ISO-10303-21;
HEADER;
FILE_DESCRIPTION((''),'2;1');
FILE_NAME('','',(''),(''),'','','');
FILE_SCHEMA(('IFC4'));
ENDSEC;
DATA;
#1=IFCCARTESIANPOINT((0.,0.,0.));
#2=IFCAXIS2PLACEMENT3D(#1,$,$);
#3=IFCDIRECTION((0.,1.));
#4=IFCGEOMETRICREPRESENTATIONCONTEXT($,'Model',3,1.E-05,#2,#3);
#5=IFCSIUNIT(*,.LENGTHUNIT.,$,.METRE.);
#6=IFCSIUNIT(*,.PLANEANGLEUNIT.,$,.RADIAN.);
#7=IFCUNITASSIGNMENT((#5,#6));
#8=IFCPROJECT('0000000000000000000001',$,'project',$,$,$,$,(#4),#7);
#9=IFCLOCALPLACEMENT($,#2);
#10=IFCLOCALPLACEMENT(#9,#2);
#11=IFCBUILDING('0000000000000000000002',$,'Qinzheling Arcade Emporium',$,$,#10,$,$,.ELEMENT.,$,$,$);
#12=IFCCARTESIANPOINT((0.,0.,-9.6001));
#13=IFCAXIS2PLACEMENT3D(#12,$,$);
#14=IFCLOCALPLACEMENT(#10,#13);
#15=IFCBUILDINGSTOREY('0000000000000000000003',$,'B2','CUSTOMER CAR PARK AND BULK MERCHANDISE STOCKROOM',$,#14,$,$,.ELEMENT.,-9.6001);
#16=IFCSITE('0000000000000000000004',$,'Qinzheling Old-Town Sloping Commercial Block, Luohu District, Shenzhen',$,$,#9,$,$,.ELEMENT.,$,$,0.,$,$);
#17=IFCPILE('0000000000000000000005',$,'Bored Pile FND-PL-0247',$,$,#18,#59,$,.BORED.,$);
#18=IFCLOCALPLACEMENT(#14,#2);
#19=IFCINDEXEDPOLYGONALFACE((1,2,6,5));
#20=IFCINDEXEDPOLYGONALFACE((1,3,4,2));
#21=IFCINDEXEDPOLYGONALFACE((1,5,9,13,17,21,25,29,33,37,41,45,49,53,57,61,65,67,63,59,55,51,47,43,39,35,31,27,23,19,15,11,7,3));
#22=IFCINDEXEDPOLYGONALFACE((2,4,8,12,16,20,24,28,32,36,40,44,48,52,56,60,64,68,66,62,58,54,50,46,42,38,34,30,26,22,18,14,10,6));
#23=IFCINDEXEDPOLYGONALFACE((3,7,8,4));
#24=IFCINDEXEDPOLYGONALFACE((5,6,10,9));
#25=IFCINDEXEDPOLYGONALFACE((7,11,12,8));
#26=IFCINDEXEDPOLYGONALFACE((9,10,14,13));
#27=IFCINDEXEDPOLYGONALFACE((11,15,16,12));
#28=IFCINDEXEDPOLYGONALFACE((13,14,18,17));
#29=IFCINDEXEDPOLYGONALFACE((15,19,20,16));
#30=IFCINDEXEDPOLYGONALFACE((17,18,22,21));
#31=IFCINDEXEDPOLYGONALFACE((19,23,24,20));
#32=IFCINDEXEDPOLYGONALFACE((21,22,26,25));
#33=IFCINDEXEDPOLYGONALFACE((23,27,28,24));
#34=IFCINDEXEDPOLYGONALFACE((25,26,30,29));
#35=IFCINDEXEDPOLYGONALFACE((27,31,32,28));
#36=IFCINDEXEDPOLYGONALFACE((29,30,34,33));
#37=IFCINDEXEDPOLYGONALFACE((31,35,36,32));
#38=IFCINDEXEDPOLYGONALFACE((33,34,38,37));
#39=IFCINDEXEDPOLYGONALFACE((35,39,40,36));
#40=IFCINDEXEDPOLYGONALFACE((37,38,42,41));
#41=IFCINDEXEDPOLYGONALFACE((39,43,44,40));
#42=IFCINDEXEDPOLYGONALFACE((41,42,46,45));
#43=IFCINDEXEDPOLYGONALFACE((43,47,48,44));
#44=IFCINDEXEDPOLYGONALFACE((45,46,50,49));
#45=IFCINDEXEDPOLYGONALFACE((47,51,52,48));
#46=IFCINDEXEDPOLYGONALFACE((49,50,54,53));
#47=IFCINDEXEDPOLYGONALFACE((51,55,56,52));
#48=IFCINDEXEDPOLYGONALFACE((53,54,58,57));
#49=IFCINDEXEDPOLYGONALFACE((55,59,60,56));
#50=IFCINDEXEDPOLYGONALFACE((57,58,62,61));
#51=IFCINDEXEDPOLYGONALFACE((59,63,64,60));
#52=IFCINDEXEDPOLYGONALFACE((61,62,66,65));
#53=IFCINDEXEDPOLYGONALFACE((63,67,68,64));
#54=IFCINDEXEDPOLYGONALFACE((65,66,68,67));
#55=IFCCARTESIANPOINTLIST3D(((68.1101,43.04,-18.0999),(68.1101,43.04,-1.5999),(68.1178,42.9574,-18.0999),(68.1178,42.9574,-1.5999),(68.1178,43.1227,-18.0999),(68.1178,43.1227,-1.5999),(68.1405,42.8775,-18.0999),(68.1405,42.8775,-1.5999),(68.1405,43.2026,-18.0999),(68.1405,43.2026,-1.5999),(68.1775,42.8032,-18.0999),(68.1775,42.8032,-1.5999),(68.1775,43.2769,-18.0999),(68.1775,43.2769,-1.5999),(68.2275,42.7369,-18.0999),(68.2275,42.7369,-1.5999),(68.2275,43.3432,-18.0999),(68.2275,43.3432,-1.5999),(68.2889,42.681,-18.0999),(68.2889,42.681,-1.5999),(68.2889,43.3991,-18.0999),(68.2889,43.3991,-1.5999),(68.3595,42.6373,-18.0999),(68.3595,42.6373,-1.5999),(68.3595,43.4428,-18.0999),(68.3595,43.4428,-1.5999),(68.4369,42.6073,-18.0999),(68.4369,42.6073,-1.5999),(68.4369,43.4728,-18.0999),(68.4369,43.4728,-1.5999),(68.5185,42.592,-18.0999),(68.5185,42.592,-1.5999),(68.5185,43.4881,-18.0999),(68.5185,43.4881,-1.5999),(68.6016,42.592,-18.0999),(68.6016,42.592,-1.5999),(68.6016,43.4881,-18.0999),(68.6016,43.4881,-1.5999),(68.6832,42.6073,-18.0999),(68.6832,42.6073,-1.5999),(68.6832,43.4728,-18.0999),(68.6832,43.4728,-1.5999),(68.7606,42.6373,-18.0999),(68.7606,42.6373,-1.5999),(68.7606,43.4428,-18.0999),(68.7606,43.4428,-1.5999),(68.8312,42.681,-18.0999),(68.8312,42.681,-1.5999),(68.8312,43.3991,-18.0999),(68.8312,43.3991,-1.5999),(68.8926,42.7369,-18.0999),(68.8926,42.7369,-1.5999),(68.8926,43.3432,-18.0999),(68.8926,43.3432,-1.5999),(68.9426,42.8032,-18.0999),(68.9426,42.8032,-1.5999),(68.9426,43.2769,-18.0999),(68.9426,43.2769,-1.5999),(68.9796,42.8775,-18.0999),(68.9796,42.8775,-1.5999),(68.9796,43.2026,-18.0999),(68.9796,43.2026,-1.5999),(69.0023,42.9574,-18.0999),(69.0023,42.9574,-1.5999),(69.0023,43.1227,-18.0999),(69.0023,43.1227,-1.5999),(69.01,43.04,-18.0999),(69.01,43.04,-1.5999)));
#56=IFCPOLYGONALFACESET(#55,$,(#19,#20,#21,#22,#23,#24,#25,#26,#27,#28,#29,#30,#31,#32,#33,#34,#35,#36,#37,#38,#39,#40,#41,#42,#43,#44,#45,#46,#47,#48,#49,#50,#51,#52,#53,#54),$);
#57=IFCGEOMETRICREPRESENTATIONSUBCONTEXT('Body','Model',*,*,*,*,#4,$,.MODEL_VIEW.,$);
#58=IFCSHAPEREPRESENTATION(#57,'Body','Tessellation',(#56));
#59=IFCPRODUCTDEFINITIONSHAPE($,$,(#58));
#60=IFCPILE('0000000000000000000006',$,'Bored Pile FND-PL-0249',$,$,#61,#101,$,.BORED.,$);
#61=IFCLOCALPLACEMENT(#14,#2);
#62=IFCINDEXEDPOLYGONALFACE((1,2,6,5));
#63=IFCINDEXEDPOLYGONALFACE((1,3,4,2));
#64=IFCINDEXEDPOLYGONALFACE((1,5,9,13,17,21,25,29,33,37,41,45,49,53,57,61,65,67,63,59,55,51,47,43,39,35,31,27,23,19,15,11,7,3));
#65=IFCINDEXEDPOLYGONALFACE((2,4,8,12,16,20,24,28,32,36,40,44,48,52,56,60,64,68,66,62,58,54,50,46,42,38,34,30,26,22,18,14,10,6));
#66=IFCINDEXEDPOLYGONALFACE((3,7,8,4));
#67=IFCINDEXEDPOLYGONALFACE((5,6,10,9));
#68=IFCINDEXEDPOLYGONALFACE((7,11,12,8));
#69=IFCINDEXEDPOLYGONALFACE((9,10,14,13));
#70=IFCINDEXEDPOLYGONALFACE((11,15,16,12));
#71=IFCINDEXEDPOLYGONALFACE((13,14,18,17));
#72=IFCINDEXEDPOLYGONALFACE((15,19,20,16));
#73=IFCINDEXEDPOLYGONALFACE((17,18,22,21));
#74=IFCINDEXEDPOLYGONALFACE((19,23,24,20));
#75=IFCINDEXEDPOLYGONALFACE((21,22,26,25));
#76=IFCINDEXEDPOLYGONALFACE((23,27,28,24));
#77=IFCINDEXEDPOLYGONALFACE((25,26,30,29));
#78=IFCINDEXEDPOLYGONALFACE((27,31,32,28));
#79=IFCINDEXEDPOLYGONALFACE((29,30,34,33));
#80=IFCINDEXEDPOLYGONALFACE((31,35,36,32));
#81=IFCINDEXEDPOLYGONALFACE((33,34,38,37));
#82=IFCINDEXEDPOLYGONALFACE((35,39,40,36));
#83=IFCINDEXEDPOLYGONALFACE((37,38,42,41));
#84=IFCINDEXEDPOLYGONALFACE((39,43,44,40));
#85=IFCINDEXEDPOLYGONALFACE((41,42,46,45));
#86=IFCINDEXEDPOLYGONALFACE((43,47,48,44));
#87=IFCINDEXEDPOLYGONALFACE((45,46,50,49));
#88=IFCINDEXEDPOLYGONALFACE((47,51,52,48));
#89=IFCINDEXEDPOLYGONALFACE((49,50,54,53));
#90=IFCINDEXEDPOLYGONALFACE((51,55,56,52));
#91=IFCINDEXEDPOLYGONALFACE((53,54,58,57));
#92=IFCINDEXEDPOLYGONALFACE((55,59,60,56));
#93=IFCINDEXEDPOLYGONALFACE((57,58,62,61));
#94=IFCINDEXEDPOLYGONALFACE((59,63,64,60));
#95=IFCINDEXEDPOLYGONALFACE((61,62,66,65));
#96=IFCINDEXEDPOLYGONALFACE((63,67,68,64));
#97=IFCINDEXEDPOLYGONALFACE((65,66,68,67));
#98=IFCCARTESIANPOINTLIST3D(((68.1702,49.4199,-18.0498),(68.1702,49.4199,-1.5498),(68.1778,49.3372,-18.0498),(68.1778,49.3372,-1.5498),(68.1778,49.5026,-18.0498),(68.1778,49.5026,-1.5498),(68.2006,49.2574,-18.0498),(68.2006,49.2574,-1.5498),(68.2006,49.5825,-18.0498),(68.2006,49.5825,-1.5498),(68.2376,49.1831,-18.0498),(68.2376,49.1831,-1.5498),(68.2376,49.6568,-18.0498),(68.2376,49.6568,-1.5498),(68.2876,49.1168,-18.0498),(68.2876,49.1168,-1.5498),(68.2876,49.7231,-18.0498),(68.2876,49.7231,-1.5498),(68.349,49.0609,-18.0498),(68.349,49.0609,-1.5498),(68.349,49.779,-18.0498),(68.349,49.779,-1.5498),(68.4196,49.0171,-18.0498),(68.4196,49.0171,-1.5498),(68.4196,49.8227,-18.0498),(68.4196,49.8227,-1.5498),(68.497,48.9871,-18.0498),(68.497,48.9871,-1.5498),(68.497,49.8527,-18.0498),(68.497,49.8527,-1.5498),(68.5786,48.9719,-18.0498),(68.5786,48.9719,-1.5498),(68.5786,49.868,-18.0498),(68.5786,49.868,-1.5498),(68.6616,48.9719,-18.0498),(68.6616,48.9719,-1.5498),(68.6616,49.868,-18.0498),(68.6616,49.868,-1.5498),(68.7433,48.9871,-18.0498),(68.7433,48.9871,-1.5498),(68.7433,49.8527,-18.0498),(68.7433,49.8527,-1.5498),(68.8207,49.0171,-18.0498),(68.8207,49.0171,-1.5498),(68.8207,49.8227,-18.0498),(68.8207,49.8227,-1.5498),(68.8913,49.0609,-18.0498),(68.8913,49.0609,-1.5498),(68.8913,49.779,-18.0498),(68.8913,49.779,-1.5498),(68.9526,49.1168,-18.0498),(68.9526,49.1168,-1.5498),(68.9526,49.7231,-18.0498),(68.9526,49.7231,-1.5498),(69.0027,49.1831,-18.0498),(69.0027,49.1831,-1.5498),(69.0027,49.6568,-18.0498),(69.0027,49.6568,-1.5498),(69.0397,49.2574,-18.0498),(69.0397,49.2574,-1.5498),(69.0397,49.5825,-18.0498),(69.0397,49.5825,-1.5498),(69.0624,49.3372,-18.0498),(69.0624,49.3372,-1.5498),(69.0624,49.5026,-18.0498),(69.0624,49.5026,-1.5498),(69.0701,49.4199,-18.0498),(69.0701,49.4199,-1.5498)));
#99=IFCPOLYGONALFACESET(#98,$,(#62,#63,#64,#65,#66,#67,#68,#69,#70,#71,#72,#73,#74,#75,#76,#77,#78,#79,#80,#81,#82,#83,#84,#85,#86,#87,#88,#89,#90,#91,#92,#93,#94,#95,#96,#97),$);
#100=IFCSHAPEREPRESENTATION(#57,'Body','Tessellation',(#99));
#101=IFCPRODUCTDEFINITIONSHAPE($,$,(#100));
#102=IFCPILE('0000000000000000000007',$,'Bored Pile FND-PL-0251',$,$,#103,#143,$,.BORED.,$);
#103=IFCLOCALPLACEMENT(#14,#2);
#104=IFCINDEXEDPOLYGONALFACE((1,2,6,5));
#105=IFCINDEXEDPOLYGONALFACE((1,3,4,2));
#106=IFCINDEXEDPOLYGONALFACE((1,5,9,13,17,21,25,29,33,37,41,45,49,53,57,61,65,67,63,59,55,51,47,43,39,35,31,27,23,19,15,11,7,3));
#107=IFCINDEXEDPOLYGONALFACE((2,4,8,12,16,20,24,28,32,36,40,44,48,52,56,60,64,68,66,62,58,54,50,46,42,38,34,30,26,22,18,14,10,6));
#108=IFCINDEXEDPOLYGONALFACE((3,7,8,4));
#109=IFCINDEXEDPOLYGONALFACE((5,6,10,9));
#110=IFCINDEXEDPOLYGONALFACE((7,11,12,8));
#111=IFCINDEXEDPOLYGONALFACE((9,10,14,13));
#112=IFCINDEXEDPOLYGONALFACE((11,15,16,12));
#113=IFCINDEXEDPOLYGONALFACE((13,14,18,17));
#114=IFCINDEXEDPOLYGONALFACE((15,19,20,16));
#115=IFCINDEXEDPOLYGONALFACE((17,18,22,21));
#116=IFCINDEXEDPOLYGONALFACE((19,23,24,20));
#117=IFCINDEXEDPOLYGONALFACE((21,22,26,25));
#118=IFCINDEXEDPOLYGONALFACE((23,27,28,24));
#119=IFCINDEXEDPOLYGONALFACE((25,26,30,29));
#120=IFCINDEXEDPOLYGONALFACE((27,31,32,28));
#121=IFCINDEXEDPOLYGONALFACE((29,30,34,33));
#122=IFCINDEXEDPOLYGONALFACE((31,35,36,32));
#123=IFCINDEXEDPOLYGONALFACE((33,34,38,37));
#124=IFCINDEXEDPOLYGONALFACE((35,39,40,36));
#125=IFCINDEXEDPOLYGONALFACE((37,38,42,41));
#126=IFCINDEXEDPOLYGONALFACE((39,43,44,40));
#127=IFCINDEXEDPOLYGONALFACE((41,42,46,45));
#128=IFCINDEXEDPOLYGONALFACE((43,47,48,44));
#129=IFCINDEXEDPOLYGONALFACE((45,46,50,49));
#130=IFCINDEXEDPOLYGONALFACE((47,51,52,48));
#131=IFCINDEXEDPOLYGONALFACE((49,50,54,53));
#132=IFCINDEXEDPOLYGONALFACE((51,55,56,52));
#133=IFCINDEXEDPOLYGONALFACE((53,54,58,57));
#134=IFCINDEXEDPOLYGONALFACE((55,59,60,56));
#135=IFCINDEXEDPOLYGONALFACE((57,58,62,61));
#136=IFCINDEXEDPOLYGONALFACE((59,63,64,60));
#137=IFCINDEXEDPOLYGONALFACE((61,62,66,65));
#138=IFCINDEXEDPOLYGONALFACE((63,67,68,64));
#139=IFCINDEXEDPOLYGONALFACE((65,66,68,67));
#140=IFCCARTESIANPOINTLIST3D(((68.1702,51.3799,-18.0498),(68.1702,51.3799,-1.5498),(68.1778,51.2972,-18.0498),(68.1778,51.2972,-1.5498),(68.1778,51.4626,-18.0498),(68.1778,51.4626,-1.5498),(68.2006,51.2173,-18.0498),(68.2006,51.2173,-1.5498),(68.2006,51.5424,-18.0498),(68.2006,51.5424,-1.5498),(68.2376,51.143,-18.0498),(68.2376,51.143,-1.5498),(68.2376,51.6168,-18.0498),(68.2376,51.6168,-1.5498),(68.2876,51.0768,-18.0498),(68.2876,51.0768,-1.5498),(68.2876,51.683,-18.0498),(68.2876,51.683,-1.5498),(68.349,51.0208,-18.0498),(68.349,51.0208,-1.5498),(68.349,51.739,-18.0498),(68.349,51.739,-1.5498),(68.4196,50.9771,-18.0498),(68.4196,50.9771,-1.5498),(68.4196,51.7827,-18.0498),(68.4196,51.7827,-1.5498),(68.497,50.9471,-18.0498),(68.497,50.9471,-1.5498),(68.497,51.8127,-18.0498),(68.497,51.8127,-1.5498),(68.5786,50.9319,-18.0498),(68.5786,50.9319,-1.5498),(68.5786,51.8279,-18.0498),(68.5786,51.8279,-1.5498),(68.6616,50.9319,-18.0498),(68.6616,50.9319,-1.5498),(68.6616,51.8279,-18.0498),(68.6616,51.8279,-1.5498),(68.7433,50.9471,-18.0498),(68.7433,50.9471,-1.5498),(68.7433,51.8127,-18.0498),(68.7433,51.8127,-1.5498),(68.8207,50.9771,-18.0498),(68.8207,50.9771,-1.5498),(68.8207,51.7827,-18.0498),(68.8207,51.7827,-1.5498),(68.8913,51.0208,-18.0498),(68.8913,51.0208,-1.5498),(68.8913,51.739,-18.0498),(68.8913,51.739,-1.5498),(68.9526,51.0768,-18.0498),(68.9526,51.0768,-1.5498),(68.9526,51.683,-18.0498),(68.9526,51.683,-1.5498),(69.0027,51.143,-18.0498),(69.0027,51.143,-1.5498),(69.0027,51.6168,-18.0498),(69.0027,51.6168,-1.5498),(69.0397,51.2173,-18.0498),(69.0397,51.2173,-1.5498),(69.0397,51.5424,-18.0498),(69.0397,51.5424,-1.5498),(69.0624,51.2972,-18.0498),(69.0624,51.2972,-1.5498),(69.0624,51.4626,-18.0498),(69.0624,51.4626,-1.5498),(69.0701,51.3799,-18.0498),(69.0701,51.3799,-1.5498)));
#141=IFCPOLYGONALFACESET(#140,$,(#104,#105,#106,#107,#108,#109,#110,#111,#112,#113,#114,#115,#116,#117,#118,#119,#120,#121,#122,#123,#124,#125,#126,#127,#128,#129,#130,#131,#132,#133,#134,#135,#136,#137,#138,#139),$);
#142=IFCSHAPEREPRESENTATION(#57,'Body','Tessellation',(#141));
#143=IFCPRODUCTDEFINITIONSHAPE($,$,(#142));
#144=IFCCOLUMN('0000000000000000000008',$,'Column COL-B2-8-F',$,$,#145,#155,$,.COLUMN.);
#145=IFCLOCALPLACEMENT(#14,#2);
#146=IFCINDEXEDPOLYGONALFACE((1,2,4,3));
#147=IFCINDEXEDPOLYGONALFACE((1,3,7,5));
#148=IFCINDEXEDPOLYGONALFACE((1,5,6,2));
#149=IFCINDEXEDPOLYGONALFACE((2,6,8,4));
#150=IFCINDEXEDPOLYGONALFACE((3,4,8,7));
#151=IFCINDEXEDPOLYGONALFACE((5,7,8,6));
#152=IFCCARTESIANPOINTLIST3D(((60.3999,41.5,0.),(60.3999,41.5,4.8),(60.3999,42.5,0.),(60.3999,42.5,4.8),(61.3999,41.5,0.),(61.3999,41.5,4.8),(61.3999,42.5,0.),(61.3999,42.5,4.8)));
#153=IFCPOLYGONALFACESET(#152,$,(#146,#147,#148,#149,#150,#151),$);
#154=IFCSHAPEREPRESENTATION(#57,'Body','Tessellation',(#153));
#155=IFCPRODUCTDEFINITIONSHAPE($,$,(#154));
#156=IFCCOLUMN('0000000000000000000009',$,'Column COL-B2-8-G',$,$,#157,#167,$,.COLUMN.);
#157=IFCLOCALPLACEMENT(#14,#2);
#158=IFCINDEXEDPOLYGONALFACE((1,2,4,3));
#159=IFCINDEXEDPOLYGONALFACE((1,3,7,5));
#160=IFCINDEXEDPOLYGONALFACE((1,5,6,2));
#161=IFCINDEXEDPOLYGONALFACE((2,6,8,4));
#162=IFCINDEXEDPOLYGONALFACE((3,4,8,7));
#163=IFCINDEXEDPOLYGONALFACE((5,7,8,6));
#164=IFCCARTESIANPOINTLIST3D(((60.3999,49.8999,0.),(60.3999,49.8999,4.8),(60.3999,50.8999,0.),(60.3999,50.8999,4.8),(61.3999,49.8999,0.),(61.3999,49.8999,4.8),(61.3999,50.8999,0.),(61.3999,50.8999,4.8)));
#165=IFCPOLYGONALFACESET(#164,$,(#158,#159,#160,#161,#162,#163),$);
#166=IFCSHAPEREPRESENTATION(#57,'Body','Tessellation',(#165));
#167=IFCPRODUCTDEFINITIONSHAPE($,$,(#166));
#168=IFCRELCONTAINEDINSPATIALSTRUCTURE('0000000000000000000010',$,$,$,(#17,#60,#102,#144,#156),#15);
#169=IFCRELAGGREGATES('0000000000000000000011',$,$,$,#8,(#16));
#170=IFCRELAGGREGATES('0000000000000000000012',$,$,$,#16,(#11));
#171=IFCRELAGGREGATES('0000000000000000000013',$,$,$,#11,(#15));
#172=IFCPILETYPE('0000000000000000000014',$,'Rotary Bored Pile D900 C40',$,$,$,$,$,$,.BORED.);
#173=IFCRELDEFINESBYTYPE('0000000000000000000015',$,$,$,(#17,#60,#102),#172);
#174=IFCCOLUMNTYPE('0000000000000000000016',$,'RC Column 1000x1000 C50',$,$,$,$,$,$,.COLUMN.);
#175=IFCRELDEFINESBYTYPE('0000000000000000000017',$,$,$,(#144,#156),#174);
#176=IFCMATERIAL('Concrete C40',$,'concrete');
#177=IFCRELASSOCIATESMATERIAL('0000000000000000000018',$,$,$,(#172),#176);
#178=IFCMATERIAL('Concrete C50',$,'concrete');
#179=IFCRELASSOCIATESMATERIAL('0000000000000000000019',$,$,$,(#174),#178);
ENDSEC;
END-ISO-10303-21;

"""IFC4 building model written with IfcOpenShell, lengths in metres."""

from ifc_helpers import new_model, si_unit, direction, frame, origin, origin_2d, place, context, subcontext, project, spatial, rectangle, circle, extrude, material, material_profile, profile_set, type_object, element, save


model = new_model("IFC4")

# Units and contexts
model_context = context("Model", 3, precision=1e-05, world=origin(), true_north=direction((0.0, 1.0)))
body_context = subcontext(model_context, "Body", "Model", "MODEL_VIEW")
ifc_project = project(units=[si_unit("LENGTHUNIT", "METRE"), si_unit("PLANEANGLEUNIT", "RADIAN")], contexts=[model_context])

# Site, building, storey
site_placement = place(None, origin())
site = spatial("IfcSite", under=ifc_project, at=site_placement, Name="Qinzheling Old-Town Sloping Commercial Block, Luohu District, Shenzhen", CompositionType="ELEMENT", RefElevation=0.0)
building_placement = place(site_placement, origin())
building = spatial("IfcBuilding", under=site, at=building_placement, Name="Qinzheling Arcade Emporium", CompositionType="ELEMENT")
storey_placement = place(building_placement, frame((0.0, 0.0, -9.6001)))
storey = spatial("IfcBuildingStorey", under=building, at=storey_placement, Name="B2", Description="CUSTOMER CAR PARK AND BULK MERCHANDISE STOCKROOM", CompositionType="ELEMENT", Elevation=-9.6001)

# Shared definitions
ifc_material_1 = material(Name="Concrete C40", Category="concrete")

# Piles
ifc_material_profile_1 = material_profile(ifc_material_1, circle(Radius=0.45, at=origin_2d()), Name="BORED D900", Category="concrete")
ifc_profile_set_1 = profile_set([ifc_material_profile_1], Name="Concrete C40")
pile_type = type_object("IfcPileType", Name="Rotary Bored Pile D900 C40", PredefinedType="BORED", material=ifc_profile_set_1)
for number, where, z_axis, x_axis, name in (
    (1, (68.5601, 43.04, -1.5999), (0.0, 0.0, -1.0), (1.0, 0.0, 0.0), "Bored Pile FND-PL-0247"),
    (2, (68.6201, 49.4199, -1.5498), (0.0, 0.0, -1.0), (1.0, 0.0, 0.0), "Bored Pile FND-PL-0249"),
    (3, (68.6201, 51.3799, -1.5498), (0.0, 0.0, -1.0), (1.0, 0.0, 0.0), "Bored Pile FND-PL-0251"),
):
    element("IfcPile", number, at=place(storey_placement, frame(where, z_axis=z_axis, x_axis=x_axis)), inside=storey, type_object=pile_type, Name=name, PredefinedType="BORED", context=body_context, shape_type="SweptSolid", body=[
        extrude(circle(Radius=0.45, at=origin_2d()), origin(), (0.0, 0.0, 1.0), 16.5),
    ])

# Columns
ifc_material_2 = material(Name="Concrete C50", Category="concrete")
ifc_material_profile_2 = material_profile(ifc_material_2, rectangle(XDim=1.0, YDim=1.0, at=origin_2d()), Name="RC 1000x1000", Category="concrete")
ifc_profile_set_2 = profile_set([ifc_material_profile_2], Name="Concrete C50")
column_type = type_object("IfcColumnType", Name="RC Column 1000x1000 C50", PredefinedType="COLUMN", material=ifc_profile_set_2)
for number, where, z_axis, x_axis, name in (
    (4, (60.8999, 42.0, 0.0), (0.0, 0.0, 1.0), (1.0, 0.0, 0.0), "Column COL-B2-8-F"),
    (5, (60.8999, 50.3999, 0.0), (0.0, 0.0, 1.0), (1.0, 0.0, 0.0), "Column COL-B2-8-G"),
):
    element("IfcColumn", number, at=place(storey_placement, frame(where, z_axis=z_axis, x_axis=x_axis)), inside=storey, type_object=column_type, Name=name, PredefinedType="COLUMN", context=body_context, shape_type="SweptSolid", body=[
        extrude(rectangle(XDim=1.0, YDim=1.0, at=origin_2d()), origin(), (0.0, 0.0, 1.0), 4.8),
    ])

save(model, "model.ifc")
